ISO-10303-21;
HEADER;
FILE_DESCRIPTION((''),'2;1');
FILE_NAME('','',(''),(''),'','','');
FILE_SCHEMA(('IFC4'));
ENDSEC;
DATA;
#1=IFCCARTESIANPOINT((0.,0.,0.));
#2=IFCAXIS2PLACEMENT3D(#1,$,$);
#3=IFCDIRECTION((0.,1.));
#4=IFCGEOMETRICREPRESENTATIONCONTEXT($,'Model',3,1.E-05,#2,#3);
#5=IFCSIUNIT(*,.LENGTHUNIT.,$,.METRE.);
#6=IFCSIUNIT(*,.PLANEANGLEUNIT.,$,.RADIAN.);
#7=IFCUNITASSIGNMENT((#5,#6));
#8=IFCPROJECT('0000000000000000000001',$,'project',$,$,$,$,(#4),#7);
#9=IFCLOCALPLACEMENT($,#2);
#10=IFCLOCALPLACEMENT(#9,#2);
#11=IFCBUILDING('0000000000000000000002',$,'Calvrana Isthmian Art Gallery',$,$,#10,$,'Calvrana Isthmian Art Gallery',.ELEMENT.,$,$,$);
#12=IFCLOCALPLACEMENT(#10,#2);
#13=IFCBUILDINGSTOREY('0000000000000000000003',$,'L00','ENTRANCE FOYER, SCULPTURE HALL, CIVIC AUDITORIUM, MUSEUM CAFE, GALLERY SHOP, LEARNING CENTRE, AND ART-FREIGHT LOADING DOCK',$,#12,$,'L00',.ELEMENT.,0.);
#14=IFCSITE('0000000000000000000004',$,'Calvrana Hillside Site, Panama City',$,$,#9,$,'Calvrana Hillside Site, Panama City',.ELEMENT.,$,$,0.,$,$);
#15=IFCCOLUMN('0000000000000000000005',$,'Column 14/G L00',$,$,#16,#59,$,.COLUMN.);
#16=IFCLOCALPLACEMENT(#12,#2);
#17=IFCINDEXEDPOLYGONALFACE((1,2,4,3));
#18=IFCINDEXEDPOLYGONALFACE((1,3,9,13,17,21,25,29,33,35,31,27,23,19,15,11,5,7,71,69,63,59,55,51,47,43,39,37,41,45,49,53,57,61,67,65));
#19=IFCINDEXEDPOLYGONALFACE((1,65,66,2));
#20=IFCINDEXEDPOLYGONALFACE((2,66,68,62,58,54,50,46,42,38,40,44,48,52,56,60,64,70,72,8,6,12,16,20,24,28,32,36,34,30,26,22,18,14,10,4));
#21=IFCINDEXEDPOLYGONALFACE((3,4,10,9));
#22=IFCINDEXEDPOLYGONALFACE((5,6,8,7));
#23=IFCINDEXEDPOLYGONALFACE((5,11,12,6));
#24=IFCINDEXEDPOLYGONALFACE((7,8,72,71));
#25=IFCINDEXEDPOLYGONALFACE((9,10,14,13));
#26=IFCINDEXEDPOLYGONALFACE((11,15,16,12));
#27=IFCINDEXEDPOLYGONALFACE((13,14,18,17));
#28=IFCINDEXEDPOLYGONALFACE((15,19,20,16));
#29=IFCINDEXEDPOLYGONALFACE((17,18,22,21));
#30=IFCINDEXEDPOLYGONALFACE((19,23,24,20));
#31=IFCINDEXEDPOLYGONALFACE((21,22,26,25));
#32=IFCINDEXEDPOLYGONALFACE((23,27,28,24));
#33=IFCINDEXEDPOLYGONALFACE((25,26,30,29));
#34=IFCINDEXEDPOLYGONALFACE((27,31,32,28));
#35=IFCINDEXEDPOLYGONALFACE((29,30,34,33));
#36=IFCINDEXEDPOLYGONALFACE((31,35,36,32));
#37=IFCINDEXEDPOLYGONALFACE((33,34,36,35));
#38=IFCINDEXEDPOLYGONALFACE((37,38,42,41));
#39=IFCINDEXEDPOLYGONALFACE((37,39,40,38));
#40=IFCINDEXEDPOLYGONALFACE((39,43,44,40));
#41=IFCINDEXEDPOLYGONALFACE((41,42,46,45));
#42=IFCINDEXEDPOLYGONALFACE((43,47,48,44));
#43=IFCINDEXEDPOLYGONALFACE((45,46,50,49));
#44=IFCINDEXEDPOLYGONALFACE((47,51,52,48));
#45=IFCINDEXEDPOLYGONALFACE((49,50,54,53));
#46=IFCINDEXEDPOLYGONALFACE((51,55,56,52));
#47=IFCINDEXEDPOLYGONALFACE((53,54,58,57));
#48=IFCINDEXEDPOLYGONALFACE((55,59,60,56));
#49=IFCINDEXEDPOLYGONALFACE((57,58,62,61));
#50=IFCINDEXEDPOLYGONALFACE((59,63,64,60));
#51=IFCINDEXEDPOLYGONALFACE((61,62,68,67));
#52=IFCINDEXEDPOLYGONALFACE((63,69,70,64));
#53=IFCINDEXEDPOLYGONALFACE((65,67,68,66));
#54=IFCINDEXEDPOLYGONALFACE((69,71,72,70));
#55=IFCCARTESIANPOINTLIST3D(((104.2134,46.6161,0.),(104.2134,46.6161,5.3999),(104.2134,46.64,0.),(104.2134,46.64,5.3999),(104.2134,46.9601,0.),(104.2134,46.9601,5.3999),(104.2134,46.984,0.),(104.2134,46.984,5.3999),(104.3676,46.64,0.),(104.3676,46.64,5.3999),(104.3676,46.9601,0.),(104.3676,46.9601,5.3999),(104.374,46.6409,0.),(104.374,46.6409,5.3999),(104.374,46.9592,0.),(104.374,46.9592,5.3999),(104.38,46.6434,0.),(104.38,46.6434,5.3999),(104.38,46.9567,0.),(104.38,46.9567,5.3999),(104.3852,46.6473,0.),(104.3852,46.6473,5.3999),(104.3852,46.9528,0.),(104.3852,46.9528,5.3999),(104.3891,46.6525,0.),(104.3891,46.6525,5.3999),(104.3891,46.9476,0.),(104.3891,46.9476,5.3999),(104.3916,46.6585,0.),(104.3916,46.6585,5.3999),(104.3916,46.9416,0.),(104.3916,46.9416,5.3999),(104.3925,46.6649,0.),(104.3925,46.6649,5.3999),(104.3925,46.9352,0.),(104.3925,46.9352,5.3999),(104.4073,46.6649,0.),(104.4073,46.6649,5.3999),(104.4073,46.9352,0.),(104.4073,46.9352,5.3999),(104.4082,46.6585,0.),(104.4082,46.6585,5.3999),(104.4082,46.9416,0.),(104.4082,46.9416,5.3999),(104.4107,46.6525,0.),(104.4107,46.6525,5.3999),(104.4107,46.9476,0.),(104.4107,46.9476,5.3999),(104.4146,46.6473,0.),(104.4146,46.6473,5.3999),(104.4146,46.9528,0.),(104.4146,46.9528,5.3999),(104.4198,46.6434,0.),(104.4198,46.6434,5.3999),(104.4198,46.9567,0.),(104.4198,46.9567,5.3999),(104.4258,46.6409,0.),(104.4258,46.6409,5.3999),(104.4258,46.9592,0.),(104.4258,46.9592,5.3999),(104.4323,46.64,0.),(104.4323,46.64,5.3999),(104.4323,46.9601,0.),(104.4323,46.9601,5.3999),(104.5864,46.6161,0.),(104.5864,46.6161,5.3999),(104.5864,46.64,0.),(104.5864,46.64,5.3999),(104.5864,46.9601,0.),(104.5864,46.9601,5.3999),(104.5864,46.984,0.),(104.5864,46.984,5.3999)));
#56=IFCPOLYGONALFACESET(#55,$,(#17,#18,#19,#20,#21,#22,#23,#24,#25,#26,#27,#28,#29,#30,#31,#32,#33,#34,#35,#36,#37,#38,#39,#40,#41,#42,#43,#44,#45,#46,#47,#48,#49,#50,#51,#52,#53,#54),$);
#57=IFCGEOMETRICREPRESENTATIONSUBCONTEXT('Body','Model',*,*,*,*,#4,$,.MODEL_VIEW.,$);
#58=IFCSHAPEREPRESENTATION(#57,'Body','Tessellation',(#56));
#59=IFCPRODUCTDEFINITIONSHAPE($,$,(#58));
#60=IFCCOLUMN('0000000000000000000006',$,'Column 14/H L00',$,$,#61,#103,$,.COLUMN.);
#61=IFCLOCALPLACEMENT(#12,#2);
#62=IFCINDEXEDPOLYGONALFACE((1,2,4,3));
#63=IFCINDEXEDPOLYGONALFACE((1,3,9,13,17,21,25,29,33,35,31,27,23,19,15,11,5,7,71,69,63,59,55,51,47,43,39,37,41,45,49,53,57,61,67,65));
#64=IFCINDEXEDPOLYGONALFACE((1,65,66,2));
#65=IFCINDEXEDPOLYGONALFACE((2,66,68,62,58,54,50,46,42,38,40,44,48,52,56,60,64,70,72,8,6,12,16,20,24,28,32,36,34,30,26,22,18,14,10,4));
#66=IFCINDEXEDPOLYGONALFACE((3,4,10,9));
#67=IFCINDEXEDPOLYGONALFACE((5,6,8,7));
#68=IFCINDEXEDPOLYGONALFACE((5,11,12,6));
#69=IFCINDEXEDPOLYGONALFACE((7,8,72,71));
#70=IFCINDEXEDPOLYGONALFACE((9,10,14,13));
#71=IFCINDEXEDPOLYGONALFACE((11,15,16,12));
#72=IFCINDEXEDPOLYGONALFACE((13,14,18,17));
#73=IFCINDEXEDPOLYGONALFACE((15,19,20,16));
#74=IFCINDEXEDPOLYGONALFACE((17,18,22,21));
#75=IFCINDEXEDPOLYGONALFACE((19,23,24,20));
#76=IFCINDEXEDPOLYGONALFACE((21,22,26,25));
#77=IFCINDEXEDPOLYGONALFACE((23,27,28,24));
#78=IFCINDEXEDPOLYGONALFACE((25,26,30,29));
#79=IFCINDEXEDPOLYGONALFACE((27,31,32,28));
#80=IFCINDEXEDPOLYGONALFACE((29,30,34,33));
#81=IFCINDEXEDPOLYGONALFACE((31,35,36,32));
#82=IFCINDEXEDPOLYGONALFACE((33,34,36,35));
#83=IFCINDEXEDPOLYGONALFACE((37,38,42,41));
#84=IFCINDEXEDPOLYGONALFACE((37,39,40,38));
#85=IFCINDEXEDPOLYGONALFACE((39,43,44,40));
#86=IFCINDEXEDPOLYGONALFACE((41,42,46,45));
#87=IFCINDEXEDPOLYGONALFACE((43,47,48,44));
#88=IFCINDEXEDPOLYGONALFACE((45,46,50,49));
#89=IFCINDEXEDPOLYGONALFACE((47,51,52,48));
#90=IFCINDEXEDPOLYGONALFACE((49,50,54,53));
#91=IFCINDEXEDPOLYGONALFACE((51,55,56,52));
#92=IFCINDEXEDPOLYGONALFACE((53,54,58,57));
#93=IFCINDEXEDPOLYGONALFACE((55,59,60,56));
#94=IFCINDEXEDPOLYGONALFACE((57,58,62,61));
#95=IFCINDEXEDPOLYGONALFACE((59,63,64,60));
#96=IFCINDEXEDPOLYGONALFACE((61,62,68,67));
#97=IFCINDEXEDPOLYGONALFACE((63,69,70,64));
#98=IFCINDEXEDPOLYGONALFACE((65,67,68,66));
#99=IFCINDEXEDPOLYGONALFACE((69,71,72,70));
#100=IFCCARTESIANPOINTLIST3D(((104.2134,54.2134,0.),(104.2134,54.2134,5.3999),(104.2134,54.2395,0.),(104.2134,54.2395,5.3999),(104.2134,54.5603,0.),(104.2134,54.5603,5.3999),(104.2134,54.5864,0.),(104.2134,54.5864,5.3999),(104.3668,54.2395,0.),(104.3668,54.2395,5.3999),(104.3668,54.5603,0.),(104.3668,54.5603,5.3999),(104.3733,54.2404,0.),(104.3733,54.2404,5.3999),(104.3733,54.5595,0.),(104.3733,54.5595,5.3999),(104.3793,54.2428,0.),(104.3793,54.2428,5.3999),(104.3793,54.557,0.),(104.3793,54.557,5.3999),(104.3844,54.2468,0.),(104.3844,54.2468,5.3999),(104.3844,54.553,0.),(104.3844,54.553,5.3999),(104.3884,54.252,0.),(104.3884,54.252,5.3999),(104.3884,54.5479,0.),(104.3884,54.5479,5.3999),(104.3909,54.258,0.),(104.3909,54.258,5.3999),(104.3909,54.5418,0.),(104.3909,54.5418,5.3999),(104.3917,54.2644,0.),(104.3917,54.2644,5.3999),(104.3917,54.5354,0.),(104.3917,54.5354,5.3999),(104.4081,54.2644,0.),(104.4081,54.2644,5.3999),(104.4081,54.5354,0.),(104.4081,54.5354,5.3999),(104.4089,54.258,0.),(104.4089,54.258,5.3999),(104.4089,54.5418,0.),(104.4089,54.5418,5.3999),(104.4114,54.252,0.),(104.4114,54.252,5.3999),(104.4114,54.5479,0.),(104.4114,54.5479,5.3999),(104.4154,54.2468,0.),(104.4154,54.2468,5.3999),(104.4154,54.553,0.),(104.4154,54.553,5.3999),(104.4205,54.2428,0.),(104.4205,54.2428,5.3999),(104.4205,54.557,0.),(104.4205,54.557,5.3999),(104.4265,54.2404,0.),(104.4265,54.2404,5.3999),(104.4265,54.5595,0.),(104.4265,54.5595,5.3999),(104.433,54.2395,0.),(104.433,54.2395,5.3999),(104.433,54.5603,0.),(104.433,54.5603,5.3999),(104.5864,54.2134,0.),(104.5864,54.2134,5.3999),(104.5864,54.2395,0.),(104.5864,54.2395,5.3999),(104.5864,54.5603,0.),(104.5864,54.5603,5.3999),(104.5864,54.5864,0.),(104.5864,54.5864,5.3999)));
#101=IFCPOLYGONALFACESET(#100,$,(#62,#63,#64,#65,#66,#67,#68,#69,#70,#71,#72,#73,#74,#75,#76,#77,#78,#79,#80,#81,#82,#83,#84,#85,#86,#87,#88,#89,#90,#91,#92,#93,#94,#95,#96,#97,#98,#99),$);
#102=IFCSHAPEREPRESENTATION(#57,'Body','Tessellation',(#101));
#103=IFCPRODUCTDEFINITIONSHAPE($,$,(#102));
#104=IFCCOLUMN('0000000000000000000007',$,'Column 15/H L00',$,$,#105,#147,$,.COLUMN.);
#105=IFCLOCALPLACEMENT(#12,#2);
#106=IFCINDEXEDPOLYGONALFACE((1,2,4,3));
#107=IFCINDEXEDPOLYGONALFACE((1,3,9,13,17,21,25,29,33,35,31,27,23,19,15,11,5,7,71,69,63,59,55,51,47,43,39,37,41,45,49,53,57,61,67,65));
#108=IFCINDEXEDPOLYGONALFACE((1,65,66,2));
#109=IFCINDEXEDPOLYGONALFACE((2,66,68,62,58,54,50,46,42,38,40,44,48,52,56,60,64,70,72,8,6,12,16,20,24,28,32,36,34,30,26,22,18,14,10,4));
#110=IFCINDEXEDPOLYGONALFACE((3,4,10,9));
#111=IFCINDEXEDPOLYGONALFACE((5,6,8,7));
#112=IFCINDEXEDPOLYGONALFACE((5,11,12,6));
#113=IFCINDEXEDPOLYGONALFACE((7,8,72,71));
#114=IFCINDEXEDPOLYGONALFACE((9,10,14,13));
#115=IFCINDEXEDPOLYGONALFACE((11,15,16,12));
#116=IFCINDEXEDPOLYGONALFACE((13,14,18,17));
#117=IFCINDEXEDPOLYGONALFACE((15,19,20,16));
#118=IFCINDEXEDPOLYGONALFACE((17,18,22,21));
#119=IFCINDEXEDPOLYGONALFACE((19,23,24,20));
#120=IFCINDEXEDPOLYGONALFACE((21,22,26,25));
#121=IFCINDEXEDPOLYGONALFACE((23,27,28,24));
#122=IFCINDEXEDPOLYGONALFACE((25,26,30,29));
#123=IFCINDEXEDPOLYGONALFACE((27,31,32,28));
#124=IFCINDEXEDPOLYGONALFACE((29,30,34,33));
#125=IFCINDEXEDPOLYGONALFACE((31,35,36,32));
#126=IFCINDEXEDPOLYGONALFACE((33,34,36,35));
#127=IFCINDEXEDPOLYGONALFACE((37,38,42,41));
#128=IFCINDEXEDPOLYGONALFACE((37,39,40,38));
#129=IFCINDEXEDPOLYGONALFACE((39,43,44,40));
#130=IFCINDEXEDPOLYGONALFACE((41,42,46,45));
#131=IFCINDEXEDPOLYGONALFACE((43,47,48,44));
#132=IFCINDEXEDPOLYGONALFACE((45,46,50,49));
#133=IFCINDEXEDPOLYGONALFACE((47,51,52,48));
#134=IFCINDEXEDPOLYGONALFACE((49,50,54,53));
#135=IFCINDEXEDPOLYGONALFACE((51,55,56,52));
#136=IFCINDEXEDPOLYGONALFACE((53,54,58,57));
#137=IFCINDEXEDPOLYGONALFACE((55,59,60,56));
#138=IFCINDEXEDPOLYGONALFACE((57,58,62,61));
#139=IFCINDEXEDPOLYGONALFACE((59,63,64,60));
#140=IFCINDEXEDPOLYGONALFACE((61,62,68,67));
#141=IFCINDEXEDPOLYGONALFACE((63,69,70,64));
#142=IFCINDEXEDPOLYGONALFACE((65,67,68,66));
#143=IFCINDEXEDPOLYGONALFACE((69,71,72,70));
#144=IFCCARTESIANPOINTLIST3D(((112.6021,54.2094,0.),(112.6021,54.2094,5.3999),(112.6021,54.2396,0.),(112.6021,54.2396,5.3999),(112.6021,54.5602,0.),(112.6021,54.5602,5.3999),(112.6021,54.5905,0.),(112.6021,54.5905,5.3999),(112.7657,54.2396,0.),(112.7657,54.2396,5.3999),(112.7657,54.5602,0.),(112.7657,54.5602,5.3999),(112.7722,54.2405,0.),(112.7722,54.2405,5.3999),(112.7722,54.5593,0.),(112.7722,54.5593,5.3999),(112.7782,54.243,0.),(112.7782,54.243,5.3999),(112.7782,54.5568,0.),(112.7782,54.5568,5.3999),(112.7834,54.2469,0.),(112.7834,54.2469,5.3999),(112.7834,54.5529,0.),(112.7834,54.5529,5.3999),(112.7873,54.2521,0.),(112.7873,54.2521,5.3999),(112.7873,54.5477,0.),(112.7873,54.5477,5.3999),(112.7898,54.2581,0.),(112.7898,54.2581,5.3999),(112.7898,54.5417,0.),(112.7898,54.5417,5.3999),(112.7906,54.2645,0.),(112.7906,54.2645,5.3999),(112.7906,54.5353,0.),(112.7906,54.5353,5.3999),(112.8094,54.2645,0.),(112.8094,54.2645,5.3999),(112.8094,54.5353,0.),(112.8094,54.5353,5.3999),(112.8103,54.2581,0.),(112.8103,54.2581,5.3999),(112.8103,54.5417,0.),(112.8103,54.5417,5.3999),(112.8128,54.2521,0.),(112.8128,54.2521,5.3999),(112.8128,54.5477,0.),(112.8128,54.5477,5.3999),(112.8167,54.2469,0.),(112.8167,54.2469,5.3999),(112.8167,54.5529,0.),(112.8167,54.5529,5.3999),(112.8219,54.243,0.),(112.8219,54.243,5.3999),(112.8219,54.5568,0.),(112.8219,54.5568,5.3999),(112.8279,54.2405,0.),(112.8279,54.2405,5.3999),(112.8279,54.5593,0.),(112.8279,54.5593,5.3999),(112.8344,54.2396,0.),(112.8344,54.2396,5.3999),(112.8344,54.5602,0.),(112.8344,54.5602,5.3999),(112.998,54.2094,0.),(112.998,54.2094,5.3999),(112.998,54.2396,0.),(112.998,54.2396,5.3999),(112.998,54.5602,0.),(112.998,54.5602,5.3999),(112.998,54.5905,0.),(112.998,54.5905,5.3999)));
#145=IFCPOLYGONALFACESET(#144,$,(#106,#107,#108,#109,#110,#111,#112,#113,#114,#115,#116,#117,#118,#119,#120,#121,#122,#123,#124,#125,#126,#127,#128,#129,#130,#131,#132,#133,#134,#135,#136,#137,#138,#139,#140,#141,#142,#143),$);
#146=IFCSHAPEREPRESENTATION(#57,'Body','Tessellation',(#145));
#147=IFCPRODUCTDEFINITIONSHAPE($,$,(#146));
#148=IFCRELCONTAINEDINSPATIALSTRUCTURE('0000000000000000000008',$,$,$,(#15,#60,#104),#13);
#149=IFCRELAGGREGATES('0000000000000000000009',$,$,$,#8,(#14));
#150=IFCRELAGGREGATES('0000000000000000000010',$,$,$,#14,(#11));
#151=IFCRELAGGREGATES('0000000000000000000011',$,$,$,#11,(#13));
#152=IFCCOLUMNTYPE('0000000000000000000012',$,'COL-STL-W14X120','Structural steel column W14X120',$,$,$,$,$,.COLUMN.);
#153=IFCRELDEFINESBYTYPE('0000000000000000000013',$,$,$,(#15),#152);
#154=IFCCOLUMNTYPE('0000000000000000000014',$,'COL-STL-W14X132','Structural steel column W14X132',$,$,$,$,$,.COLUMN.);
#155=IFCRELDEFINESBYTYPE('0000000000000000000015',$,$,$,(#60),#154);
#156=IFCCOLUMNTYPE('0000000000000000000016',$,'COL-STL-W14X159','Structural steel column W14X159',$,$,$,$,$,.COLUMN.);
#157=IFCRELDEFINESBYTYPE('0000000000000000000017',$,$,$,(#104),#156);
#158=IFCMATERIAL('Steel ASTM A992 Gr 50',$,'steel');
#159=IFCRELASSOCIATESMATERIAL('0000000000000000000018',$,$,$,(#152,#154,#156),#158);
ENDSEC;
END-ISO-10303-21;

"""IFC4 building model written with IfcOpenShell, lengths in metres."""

from ifc_helpers import new_model, si_unit, direction, frame, origin, origin_2d, place, context, subcontext, project, spatial, i_section, extrude, material, material_profile, profile_set, type_object, element, save


model = new_model("IFC4")

# Units and contexts
model_context = context("Model", 3, precision=1e-05, world=origin(), true_north=direction((0.0, 1.0)))
body_context = subcontext(model_context, "Body", "Model", "MODEL_VIEW")
ifc_project = project(units=[si_unit("LENGTHUNIT", "METRE"), si_unit("PLANEANGLEUNIT", "RADIAN")], contexts=[model_context])

# Site, building, storey
site_placement = place(None, origin())
site = spatial("IfcSite", under=ifc_project, at=site_placement, Name="Calvrana Hillside Site, Panama City", LongName="Calvrana Hillside Site, Panama City", CompositionType="ELEMENT", RefElevation=0.0)
building_placement = place(site_placement, origin())
building = spatial("IfcBuilding", under=site, at=building_placement, Name="Calvrana Isthmian Art Gallery", LongName="Calvrana Isthmian Art Gallery", CompositionType="ELEMENT")
storey_placement = place(building_placement, origin())
storey = spatial("IfcBuildingStorey", under=building, at=storey_placement, Name="L00", Description="ENTRANCE FOYER, SCULPTURE HALL, CIVIC AUDITORIUM, MUSEUM CAFE, GALLERY SHOP, LEARNING CENTRE, AND ART-FREIGHT LOADING DOCK", LongName="L00", CompositionType="ELEMENT", Elevation=0.0)

# Columns
ifc_material_1 = material(Name="Steel ASTM A992 Gr 50", Category="steel")
ifc_material_profile_1 = material_profile(ifc_material_1, i_section(OverallWidth=0.373, OverallDepth=0.3679, WebThickness=0.0149, FlangeThickness=0.0239, FilletRadius=0.0249, at=origin_2d()), Name="W14X120")
ifc_profile_set_1 = profile_set([ifc_material_profile_1], Name="Steel ASTM A992 Gr 50")
column_type_1 = type_object("IfcColumnType", Name="COL-STL-W14X120", Description="Structural steel column W14X120", PredefinedType="COLUMN", material=ifc_profile_set_1)
column_1_placement = place(storey_placement, frame((104.3999, 46.8, 0.0), z_axis=(0.0, 0.0, 1.0), x_axis=(1.0, 0.0, 0.0)))
element("IfcColumn", 1, at=column_1_placement, inside=storey, type_object=column_type_1, Name="Column 14/G L00", PredefinedType="COLUMN", context=body_context, shape_type="SweptSolid", body=[
    extrude(i_section(OverallWidth=0.373, OverallDepth=0.3679, WebThickness=0.0149, FlangeThickness=0.0239, FilletRadius=0.0249, at=origin_2d()), origin(), (0.0, 0.0, 1.0), 5.3999),
])
ifc_material_profile_2 = material_profile(ifc_material_1, i_section(OverallWidth=0.373, OverallDepth=0.373, WebThickness=0.0164, FlangeThickness=0.0261, FilletRadius=0.0249, at=origin_2d()), Name="W14X132")
ifc_profile_set_2 = profile_set([ifc_material_profile_2], Name="Steel ASTM A992 Gr 50")
column_type_2 = type_object("IfcColumnType", Name="COL-STL-W14X132", Description="Structural steel column W14X132", PredefinedType="COLUMN", material=ifc_profile_set_2)
column_2_placement = place(storey_placement, frame((104.3999, 54.3999, 0.0), z_axis=(0.0, 0.0, 1.0), x_axis=(1.0, 0.0, 0.0)))
element("IfcColumn", 2, at=column_2_placement, inside=storey, type_object=column_type_2, Name="Column 14/H L00", PredefinedType="COLUMN", context=body_context, shape_type="SweptSolid", body=[
    extrude(i_section(OverallWidth=0.373, OverallDepth=0.373, WebThickness=0.0164, FlangeThickness=0.0261, FilletRadius=0.0249, at=origin_2d()), origin(), (0.0, 0.0, 1.0), 5.3999),
])
ifc_material_profile_3 = material_profile(ifc_material_1, i_section(OverallWidth=0.396, OverallDepth=0.3811, WebThickness=0.0188, FlangeThickness=0.0303, FilletRadius=0.0249, at=origin_2d()), Name="W14X159")
ifc_profile_set_3 = profile_set([ifc_material_profile_3], Name="Steel ASTM A992 Gr 50")
column_type_3 = type_object("IfcColumnType", Name="COL-STL-W14X159", Description="Structural steel column W14X159", PredefinedType="COLUMN", material=ifc_profile_set_3)
column_3_placement = place(storey_placement, frame((112.8, 54.3999, 0.0), z_axis=(0.0, 0.0, 1.0), x_axis=(1.0, 0.0, 0.0)))
element("IfcColumn", 3, at=column_3_placement, inside=storey, type_object=column_type_3, Name="Column 15/H L00", PredefinedType="COLUMN", context=body_context, shape_type="SweptSolid", body=[
    extrude(i_section(OverallWidth=0.396, OverallDepth=0.3811, WebThickness=0.0188, FlangeThickness=0.0303, FilletRadius=0.0249, at=origin_2d()), origin(), (0.0, 0.0, 1.0), 5.3999),
])

save(model, "model.ifc")
